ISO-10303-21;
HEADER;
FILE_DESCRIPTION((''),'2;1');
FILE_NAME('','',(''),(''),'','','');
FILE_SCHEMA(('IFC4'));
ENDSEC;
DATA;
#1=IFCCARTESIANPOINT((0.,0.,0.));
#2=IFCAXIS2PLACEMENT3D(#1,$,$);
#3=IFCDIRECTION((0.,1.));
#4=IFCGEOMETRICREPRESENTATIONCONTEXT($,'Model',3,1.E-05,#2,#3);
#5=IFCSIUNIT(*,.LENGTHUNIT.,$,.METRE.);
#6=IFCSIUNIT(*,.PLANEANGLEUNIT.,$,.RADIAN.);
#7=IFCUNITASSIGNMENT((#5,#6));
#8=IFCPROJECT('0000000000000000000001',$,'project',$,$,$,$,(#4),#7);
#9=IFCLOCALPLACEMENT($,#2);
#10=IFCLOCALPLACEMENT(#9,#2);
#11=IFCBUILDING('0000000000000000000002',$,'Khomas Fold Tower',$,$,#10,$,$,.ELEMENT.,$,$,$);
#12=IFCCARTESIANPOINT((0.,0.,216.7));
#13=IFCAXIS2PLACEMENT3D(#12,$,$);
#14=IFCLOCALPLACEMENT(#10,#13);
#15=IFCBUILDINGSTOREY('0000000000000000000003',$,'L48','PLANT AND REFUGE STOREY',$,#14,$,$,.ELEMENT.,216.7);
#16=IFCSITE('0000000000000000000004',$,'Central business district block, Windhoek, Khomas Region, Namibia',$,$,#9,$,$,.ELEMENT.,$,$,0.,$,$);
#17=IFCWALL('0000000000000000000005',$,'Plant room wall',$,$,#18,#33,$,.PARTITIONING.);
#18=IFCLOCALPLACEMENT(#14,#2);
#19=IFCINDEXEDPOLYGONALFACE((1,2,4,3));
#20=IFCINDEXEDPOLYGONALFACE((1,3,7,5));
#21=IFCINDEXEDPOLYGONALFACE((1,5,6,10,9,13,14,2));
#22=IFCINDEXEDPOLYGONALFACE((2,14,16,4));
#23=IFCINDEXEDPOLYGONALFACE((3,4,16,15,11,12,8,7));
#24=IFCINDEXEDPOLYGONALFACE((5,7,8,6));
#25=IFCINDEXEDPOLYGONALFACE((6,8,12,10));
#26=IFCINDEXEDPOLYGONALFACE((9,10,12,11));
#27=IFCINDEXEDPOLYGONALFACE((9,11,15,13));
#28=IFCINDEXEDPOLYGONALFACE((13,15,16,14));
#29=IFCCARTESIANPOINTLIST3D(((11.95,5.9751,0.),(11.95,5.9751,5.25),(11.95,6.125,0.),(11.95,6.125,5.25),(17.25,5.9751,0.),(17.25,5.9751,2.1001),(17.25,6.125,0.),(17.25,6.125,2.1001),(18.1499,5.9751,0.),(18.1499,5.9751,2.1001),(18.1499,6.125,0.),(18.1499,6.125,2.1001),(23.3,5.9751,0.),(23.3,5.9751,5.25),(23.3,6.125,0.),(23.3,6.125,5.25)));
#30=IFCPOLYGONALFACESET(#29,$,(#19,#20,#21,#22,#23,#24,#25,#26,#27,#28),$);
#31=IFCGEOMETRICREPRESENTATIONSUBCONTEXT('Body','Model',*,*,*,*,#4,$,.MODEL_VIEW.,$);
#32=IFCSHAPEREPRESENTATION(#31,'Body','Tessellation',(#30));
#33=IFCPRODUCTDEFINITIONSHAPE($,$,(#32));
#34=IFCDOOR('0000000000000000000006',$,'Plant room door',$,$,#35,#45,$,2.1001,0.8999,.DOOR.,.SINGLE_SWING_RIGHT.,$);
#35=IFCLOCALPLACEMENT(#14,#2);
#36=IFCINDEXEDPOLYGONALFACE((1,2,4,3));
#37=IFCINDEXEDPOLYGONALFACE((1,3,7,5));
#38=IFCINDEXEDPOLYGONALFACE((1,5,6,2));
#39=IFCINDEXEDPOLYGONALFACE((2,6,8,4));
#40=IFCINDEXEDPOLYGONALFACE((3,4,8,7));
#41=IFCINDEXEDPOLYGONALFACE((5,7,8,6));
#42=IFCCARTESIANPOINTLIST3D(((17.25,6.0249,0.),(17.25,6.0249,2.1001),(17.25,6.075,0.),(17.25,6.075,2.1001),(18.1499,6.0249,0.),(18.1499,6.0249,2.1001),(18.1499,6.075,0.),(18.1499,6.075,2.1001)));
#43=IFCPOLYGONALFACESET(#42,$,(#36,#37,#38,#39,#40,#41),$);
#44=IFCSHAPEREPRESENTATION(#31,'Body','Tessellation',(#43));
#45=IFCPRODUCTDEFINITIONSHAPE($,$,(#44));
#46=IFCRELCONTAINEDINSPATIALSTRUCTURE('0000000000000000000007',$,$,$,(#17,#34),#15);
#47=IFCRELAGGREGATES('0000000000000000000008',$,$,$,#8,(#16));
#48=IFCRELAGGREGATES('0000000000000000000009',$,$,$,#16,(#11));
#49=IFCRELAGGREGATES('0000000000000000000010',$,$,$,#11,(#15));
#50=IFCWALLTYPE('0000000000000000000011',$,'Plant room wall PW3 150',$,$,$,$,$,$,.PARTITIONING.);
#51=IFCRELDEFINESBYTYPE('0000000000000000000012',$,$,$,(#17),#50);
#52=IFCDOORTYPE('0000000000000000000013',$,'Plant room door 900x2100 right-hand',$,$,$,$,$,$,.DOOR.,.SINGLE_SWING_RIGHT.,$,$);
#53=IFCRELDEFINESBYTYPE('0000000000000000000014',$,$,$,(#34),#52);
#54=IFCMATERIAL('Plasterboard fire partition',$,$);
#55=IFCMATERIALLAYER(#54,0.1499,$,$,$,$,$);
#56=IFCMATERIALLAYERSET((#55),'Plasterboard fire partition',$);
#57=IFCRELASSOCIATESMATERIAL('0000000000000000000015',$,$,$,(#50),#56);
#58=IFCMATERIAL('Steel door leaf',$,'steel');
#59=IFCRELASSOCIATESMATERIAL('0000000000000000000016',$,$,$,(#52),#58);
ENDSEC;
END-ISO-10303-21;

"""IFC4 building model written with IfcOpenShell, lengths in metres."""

from ifc_helpers import new_model, si_unit, direction, frame, frame_2d, origin, place, context, subcontext, project, spatial, rectangle, extrude, source, transform, mapped, material, layer, layer_set, type_object, element, fill, save


model = new_model("IFC4")

# Units and contexts
model_context = context("Model", 3, precision=1e-05, world=origin(), true_north=direction((0.0, 1.0)))
body_context = subcontext(model_context, "Body", "Model", "MODEL_VIEW")
ifc_project = project(units=[si_unit("LENGTHUNIT", "METRE"), si_unit("PLANEANGLEUNIT", "RADIAN")], contexts=[model_context])

# Site, building, storey
site_placement = place(None, origin())
site = spatial("IfcSite", under=ifc_project, at=site_placement, Name="Central business district block, Windhoek, Khomas Region, Namibia", CompositionType="ELEMENT", RefElevation=0.0)
building_placement = place(site_placement, origin())
building = spatial("IfcBuilding", under=site, at=building_placement, Name="Khomas Fold Tower", CompositionType="ELEMENT")
storey_placement = place(building_placement, frame((0.0, 0.0, 216.7)))
storey = spatial("IfcBuildingStorey", under=building, at=storey_placement, Name="L48", Description="PLANT AND REFUGE STOREY", CompositionType="ELEMENT", Elevation=216.7)

# Shared definitions
ifc_material_1 = material(Name="Plasterboard fire partition")
ifc_layer_1 = layer(ifc_material_1, 0.1499)
ifc_layer_set_1 = layer_set([ifc_layer_1], Name="Plasterboard fire partition")
wall_type_1 = type_object("IfcWallType", Name="Plant room wall PW3 150", PredefinedType="PARTITIONING", material=ifc_layer_set_1)

# Wall, opening, door
shared_shape_1 = source(origin(), body_context, "Body", "SweptSolid", [
    extrude(rectangle(XDim=11.3501, YDim=0.1499, at=frame_2d((5.675, 0.0))), origin(), (0.0, 0.0, 1.0), 5.25),
])
wall_1_placement = place(storey_placement, frame((11.95, 6.05, 0.0), z_axis=(0.0, 0.0, 1.0), x_axis=(1.0, 0.0, 0.0)))
wall_1 = element("IfcWall", 1, at=wall_1_placement, inside=storey, type_object=wall_type_1, Name="Plant room wall", PredefinedType="PARTITIONING", context=body_context, shape_type="MappedRepresentation", body=[
    mapped(shared_shape_1, transform((0.0, 0.0, 0.0))),
])
shared_shape_2 = source(origin(), body_context, "Body", "SweptSolid", [
    extrude(rectangle(XDim=0.8999, YDim=2.1001, at=frame_2d((0.45, 1.05))), frame((0.0, 0.085, 0.0), z_axis=(0.0, -1.0, 0.0), x_axis=(1.0, 0.0, 0.0)), (0.0, 0.0, 1.0), 0.1699),
])
opening_1_placement = place(wall_1_placement, frame((5.3, 0.0, 0.0)))
opening_1 = element("IfcOpeningElement", 2, at=opening_1_placement, cuts=wall_1, PredefinedType="OPENING", context=body_context, shape_type="MappedRepresentation", body=[
    mapped(shared_shape_2, transform((0.0, 0.0, 0.0))),
])
ifc_material_2 = material(Name="Steel door leaf", Category="steel")
door_type_1 = type_object("IfcDoorType", Name="Plant room door 900x2100 right-hand", OperationType="SINGLE_SWING_RIGHT", PredefinedType="DOOR", material=ifc_material_2)
shared_shape_3 = source(origin(), body_context, "Body", "SweptSolid", [
    extrude(rectangle(XDim=0.8999, YDim=2.1001, at=frame_2d((0.45, 1.05))), frame((0.0, 0.0249, 0.0), z_axis=(0.0, -1.0, 0.0), x_axis=(1.0, 0.0, 0.0)), (0.0, 0.0, 1.0), 0.05),
])
door_1_placement = place(opening_1_placement, origin())
door_1 = element("IfcDoor", 3, at=door_1_placement, inside=storey, type_object=door_type_1, Name="Plant room door", OperationType="SINGLE_SWING_RIGHT", OverallHeight=2.1001, OverallWidth=0.8999, PredefinedType="DOOR", context=body_context, shape_type="MappedRepresentation", body=[
    mapped(shared_shape_3, transform((0.0, 0.0, 0.0))),
])
fill(opening_1, door_1)

save(model, "model.ifc")
